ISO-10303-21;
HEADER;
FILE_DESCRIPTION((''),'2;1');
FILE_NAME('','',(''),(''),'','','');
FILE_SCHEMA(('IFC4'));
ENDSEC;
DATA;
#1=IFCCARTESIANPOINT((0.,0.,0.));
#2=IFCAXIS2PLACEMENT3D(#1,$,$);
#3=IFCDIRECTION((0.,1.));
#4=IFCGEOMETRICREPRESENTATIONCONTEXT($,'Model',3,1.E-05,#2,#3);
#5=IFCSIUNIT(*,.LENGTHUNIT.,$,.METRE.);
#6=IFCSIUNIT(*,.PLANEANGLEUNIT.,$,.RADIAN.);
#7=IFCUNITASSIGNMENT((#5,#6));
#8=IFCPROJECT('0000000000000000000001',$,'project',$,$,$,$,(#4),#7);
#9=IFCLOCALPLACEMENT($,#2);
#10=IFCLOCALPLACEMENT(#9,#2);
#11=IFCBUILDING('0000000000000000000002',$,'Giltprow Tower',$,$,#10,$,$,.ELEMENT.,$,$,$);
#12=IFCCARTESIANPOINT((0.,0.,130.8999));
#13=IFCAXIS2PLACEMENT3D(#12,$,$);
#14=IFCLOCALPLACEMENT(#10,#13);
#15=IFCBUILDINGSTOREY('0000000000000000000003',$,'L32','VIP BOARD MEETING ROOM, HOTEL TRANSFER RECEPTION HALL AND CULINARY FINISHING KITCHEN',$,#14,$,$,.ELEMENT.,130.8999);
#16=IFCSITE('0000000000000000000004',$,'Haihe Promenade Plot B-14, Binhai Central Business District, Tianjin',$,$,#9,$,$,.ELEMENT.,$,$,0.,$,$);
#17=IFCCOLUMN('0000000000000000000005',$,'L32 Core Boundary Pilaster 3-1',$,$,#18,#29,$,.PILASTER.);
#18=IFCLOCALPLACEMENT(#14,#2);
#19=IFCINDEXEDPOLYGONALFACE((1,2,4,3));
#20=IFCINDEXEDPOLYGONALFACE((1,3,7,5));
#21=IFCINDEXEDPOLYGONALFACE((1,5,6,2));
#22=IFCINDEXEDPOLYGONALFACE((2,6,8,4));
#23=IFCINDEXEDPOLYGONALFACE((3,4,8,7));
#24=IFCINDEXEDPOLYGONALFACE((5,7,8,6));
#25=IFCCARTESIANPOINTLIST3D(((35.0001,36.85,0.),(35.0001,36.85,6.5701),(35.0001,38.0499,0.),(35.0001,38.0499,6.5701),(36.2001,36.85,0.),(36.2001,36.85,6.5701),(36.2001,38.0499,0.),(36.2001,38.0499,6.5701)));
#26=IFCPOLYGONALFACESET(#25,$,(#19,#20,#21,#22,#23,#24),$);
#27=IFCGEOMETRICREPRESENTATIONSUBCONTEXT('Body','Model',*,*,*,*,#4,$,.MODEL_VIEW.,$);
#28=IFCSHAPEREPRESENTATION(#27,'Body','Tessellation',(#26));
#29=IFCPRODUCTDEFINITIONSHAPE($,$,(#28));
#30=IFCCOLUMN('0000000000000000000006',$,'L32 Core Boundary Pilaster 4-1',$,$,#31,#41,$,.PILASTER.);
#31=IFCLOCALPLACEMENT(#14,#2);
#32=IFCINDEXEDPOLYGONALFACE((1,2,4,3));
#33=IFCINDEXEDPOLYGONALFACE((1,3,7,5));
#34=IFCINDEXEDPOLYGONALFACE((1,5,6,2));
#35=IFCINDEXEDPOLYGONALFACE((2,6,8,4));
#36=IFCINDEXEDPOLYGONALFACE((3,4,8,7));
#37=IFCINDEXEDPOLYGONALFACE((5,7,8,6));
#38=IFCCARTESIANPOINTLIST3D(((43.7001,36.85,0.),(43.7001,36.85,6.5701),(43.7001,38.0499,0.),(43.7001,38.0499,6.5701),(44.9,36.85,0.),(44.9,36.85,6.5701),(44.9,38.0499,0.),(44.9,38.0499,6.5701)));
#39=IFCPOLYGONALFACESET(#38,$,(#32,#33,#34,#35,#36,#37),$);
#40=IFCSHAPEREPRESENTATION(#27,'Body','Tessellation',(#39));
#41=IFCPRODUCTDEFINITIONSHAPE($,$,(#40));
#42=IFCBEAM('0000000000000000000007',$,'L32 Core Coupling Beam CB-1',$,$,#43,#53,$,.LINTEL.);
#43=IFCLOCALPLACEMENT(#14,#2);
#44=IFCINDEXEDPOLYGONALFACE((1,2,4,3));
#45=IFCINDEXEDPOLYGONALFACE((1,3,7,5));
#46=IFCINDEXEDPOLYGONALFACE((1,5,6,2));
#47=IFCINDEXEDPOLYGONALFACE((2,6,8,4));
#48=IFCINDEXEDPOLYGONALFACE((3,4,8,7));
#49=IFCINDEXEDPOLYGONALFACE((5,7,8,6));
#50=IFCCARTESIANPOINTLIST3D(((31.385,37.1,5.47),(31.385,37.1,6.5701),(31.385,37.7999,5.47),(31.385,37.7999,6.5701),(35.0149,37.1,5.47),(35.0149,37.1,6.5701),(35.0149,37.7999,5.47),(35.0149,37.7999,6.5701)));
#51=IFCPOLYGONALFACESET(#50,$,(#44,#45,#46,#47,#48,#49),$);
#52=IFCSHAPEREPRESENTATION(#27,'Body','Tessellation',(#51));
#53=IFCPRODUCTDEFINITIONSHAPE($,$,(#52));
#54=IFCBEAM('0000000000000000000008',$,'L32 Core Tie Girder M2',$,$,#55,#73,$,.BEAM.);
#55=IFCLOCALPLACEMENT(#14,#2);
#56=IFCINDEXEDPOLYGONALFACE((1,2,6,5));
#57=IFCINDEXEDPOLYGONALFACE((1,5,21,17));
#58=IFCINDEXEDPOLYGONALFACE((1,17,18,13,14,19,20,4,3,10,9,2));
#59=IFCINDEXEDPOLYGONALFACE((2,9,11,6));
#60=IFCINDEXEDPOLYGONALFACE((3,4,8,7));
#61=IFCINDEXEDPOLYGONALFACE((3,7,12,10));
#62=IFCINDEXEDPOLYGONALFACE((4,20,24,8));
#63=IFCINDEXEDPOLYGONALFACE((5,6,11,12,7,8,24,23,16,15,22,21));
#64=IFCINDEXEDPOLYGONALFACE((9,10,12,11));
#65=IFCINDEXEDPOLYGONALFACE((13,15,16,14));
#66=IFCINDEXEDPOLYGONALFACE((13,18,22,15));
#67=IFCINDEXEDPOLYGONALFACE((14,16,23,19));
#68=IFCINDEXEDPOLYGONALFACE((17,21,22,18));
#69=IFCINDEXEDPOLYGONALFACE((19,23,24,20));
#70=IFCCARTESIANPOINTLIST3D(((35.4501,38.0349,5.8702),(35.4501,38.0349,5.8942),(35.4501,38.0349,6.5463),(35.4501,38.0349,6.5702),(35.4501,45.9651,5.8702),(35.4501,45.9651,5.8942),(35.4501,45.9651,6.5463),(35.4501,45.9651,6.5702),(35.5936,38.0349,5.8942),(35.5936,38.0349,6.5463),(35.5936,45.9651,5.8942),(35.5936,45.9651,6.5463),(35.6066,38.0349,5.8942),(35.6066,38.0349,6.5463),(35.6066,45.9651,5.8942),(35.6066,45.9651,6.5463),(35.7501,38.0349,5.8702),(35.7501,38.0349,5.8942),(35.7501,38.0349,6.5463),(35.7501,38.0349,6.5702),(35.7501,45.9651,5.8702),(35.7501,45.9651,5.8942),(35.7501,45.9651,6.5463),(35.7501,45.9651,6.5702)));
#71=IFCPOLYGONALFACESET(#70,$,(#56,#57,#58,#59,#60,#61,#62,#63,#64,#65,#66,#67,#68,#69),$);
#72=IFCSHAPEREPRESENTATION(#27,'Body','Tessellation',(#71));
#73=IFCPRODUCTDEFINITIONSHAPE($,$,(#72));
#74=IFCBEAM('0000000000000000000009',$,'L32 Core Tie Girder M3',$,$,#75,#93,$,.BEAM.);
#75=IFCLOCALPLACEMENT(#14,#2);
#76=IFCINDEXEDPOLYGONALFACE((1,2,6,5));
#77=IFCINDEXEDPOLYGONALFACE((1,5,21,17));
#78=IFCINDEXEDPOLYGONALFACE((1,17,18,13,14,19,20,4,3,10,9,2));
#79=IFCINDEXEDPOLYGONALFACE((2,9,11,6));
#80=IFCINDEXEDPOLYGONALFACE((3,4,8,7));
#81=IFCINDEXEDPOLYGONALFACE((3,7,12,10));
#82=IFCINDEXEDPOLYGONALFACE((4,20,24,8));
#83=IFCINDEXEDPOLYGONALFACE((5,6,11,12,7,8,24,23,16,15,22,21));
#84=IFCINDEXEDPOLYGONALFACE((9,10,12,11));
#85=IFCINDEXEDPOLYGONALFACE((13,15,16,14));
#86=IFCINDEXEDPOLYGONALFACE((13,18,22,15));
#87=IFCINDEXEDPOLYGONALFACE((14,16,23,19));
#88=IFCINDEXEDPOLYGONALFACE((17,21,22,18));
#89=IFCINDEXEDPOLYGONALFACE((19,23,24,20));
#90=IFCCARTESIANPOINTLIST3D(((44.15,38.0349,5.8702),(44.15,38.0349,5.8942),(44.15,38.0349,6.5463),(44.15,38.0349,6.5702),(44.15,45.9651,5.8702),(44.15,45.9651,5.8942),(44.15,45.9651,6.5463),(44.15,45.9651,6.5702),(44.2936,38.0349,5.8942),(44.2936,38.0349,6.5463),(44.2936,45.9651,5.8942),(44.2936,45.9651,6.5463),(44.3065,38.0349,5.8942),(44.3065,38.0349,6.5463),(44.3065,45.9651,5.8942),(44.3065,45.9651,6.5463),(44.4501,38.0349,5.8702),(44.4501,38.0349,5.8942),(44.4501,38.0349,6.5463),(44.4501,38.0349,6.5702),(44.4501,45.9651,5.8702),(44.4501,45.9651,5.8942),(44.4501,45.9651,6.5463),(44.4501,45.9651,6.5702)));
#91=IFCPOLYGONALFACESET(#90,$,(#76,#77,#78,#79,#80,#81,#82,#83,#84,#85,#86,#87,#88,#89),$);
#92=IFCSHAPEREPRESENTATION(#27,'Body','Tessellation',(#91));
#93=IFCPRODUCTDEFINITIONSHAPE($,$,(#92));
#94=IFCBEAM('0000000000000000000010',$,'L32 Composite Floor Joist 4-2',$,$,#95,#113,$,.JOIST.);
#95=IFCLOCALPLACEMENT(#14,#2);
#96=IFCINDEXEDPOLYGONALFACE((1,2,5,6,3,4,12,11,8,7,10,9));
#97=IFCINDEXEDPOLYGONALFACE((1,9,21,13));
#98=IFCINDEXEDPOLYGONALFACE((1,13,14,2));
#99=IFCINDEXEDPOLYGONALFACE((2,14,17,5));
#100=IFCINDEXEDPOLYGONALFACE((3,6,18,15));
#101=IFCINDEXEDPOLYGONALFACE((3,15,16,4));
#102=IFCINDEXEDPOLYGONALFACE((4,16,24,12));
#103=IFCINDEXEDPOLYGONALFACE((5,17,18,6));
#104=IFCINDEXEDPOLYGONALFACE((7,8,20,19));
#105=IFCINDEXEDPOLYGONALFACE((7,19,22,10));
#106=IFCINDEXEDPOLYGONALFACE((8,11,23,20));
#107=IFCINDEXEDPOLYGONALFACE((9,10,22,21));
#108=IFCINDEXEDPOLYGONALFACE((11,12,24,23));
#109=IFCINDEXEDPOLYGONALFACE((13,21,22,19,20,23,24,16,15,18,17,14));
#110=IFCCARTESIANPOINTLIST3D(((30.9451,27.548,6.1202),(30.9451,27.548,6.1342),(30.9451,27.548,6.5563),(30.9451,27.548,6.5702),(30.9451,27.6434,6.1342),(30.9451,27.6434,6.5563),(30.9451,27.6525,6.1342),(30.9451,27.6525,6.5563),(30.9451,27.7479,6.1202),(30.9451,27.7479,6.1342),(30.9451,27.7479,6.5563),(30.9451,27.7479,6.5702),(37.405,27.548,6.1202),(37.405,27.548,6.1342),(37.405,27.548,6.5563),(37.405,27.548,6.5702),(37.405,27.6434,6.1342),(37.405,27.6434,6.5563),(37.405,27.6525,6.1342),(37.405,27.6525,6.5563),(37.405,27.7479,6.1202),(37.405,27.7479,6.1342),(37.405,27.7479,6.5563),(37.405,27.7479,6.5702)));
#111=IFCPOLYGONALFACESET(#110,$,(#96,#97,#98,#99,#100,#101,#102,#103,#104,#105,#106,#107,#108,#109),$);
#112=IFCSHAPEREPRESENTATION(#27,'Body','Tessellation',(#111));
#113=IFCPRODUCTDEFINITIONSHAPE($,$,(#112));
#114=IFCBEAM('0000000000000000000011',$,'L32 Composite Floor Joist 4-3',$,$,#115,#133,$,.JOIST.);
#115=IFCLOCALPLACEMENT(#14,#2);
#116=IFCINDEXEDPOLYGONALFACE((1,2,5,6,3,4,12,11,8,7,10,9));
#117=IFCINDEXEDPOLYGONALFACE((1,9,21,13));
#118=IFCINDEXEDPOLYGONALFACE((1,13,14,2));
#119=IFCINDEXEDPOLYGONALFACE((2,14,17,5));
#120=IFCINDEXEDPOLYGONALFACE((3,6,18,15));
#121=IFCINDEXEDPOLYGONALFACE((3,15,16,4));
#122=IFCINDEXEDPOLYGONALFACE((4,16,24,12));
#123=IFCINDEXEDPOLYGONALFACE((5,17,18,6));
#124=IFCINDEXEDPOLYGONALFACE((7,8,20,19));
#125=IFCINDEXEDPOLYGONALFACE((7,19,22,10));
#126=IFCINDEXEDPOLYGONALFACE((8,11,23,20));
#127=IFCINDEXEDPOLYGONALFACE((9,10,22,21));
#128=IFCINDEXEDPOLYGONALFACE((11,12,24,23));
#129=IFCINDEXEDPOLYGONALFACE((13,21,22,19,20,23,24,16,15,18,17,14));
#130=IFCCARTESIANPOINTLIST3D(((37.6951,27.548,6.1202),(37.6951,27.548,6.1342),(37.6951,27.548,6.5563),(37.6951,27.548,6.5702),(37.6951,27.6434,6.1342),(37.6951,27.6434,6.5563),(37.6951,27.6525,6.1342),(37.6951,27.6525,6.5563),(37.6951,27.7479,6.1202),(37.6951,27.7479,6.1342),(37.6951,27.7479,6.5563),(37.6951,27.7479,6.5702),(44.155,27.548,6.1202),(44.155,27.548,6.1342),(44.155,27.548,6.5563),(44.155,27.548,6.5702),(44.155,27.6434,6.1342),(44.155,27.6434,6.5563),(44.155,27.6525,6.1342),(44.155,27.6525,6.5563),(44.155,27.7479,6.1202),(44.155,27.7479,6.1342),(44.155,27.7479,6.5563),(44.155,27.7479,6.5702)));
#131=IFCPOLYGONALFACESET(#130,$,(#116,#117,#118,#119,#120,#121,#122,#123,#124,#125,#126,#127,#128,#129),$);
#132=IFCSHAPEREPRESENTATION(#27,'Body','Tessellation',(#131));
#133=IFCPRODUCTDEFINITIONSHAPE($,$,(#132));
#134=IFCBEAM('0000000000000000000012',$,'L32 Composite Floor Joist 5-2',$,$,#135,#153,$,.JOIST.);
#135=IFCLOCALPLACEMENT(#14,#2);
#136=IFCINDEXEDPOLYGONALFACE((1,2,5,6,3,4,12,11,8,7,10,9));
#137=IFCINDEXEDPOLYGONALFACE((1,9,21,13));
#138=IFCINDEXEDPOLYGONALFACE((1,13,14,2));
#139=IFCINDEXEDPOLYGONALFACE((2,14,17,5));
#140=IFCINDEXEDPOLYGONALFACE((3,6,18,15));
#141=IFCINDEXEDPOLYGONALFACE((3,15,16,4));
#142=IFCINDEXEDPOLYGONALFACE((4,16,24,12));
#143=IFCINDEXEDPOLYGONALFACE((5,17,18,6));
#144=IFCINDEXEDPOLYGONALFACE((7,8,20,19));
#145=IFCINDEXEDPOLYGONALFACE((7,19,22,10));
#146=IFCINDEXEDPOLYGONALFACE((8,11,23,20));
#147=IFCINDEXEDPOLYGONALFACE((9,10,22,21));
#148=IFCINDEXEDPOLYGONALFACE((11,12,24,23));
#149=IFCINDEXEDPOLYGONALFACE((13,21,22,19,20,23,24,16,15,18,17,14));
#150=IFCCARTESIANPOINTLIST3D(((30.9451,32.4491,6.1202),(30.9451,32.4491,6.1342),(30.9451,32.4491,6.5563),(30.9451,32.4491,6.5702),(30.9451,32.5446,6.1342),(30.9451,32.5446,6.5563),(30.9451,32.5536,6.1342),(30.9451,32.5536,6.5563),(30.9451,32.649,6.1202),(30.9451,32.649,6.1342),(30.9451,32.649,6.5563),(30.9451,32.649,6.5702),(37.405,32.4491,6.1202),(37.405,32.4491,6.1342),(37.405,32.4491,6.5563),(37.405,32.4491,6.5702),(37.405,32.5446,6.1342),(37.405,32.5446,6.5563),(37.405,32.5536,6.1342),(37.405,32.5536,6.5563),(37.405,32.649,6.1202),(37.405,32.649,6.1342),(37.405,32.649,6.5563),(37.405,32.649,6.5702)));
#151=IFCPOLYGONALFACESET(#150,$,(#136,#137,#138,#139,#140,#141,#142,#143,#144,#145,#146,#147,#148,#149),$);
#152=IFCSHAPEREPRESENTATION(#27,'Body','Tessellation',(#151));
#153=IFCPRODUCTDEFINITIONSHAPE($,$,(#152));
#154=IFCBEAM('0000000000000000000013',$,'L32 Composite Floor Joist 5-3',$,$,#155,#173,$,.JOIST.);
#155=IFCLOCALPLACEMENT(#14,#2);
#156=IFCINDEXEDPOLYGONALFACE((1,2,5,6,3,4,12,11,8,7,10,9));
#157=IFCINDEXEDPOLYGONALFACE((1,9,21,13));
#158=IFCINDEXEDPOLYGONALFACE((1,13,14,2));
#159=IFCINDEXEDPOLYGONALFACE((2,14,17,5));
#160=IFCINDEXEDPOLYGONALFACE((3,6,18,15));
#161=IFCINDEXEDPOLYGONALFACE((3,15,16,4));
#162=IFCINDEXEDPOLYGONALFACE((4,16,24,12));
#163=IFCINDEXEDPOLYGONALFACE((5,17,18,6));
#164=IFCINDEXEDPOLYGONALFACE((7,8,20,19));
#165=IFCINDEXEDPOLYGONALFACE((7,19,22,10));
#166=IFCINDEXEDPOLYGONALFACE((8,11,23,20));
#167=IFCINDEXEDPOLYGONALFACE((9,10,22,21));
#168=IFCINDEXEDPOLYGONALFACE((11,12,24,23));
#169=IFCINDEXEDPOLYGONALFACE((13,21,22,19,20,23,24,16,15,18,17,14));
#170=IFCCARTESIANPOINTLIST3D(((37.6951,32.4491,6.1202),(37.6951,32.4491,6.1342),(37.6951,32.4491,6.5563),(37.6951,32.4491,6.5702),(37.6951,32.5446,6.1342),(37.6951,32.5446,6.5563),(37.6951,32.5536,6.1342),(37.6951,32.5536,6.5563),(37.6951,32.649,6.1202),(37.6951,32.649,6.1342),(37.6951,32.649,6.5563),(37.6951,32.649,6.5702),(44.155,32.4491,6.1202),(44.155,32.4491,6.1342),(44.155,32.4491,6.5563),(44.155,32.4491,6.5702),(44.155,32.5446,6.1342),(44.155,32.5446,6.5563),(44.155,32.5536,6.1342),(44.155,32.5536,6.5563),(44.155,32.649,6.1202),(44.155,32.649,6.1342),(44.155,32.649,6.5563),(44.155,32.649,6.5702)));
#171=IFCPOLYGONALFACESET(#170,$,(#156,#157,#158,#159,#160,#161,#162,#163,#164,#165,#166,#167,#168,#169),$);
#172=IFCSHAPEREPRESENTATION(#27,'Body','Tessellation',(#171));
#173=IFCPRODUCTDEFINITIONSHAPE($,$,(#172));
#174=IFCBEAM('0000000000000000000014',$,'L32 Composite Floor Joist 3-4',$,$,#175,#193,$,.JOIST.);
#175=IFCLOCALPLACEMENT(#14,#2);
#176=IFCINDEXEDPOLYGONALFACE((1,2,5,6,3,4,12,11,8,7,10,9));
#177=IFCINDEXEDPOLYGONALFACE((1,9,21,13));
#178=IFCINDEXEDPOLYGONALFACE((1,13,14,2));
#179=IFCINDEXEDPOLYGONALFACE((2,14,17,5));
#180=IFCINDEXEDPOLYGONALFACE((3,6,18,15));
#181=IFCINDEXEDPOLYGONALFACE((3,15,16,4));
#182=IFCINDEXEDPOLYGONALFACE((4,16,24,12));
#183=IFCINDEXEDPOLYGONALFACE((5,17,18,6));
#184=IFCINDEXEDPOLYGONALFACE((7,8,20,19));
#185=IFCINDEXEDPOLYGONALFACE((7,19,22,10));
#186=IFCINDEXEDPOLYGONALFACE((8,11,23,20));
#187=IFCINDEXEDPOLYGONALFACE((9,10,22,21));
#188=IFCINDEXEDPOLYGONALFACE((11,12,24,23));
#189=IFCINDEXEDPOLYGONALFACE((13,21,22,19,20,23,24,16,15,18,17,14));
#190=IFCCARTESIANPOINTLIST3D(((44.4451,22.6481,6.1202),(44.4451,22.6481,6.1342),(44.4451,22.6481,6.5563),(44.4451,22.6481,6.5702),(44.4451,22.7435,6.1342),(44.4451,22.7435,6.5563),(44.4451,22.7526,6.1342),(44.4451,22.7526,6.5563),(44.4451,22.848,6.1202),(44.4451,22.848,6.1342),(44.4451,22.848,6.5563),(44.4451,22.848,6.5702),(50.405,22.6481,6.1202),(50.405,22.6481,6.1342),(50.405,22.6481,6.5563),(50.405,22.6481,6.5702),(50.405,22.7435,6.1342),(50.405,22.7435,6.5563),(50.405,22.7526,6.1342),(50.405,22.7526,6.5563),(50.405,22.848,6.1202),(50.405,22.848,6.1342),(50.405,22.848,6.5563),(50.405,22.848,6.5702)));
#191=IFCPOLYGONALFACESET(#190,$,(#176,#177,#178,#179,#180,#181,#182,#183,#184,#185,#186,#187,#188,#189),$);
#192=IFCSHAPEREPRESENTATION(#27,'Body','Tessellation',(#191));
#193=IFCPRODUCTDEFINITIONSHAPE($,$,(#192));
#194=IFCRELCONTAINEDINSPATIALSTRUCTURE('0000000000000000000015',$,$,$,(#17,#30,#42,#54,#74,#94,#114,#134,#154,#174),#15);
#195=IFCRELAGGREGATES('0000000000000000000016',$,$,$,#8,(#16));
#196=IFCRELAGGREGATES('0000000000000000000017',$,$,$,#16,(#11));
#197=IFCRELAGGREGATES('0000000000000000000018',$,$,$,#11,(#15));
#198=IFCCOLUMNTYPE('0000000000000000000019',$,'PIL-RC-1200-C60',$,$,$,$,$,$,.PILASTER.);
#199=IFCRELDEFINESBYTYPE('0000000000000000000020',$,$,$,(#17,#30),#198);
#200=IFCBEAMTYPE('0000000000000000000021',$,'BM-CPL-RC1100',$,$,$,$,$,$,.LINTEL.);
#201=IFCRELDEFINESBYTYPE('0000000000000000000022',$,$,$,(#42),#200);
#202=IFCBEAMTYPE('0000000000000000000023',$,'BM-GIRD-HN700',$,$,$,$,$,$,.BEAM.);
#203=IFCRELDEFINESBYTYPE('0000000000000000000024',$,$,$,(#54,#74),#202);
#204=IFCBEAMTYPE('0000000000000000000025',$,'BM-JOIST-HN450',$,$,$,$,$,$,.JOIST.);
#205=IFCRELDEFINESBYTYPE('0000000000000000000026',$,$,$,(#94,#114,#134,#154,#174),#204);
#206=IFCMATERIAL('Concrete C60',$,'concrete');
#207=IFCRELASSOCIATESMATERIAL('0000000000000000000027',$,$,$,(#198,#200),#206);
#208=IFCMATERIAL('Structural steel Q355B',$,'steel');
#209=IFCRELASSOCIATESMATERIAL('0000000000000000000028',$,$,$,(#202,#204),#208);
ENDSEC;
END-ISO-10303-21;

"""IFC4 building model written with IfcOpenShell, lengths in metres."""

from ifc_helpers import new_model, si_unit, direction, frame, origin, origin_2d, place, context, subcontext, project, spatial, rectangle, i_section, extrude, source, transform, mapped, material, material_profile, profile_set, type_object, element, save


model = new_model("IFC4")

# Units and contexts
model_context = context("Model", 3, precision=1e-05, world=origin(), true_north=direction((0.0, 1.0)))
body_context = subcontext(model_context, "Body", "Model", "MODEL_VIEW")
ifc_project = project(units=[si_unit("LENGTHUNIT", "METRE"), si_unit("PLANEANGLEUNIT", "RADIAN")], contexts=[model_context])

# Site, building, storey
site_placement = place(None, origin())
site = spatial("IfcSite", under=ifc_project, at=site_placement, Name="Haihe Promenade Plot B-14, Binhai Central Business District, Tianjin", CompositionType="ELEMENT", RefElevation=0.0)
building_placement = place(site_placement, origin())
building = spatial("IfcBuilding", under=site, at=building_placement, Name="Giltprow Tower", CompositionType="ELEMENT")
storey_placement = place(building_placement, frame((0.0, 0.0, 130.8999)))
storey = spatial("IfcBuildingStorey", under=building, at=storey_placement, Name="L32", Description="VIP BOARD MEETING ROOM, HOTEL TRANSFER RECEPTION HALL AND CULINARY FINISHING KITCHEN", CompositionType="ELEMENT", Elevation=130.8999)

# Columns
ifc_material_1 = material(Name="Concrete C60", Category="concrete")
ifc_material_profile_1 = material_profile(ifc_material_1, rectangle(XDim=1.2, YDim=1.2, at=origin_2d()), Name="RC 1200x1200")
ifc_profile_set_1 = profile_set([ifc_material_profile_1], Name="Concrete C60")
column_type = type_object("IfcColumnType", Name="PIL-RC-1200-C60", PredefinedType="PILASTER", material=ifc_profile_set_1)
shared_shape_1 = source(origin(), body_context, "Body", "SweptSolid", [
    extrude(rectangle(XDim=1.2, YDim=1.2, at=origin_2d()), origin(), (0.0, 0.0, 1.0), 6.5701),
])
for number, where, z_axis, x_axis, name in (
    (1, (35.6001, 37.45, 0.0), (0.0, 0.0, 1.0), (1.0, 0.0, 0.0), "L32 Core Boundary Pilaster 3-1"),
    (2, (44.3, 37.45, 0.0), (0.0, 0.0, 1.0), (1.0, 0.0, 0.0), "L32 Core Boundary Pilaster 4-1"),
):
    element("IfcColumn", number, at=place(storey_placement, frame(where, z_axis=z_axis, x_axis=x_axis)), inside=storey, type_object=column_type, Name=name, PredefinedType="PILASTER", context=body_context, shape_type="MappedRepresentation", body=[
        mapped(shared_shape_1, transform((0.0, 0.0, 0.0), x_axis=(1.0, 0.0, 0.0), y_axis=(0.0, 1.0, 0.0), z_axis=(0.0, 0.0, 1.0), scale=1.0)),
    ])

# Beams
ifc_material_profile_2 = material_profile(ifc_material_1, rectangle(XDim=0.7, YDim=1.1001, at=origin_2d()), Name="RC 1100x700")
ifc_profile_set_2 = profile_set([ifc_material_profile_2], Name="Concrete C60")
beam_type_1 = type_object("IfcBeamType", Name="BM-CPL-RC1100", PredefinedType="LINTEL", material=ifc_profile_set_2)
shared_shape_2 = source(origin(), body_context, "Body", "SweptSolid", [
    extrude(rectangle(XDim=0.7, YDim=1.1001, at=origin_2d()), origin(), (0.0, 0.0, 1.0), 3.6299),
])
beam_placement = place(storey_placement, frame((31.385, 37.45, 6.02), z_axis=(1.0, 0.0, 0.0), x_axis=(0.0, 1.0, 0.0)))
element("IfcBeam", 3, at=beam_placement, inside=storey, type_object=beam_type_1, Name="L32 Core Coupling Beam CB-1", PredefinedType="LINTEL", context=body_context, shape_type="MappedRepresentation", body=[
    mapped(shared_shape_2, transform((0.0, 0.0, 0.0), x_axis=(1.0, 0.0, 0.0), y_axis=(0.0, 1.0, 0.0), z_axis=(0.0, 0.0, 1.0), scale=1.0)),
])
ifc_material_2 = material(Name="Structural steel Q355B", Category="steel")
ifc_material_profile_3 = material_profile(ifc_material_2, i_section(OverallWidth=0.3, OverallDepth=0.7, WebThickness=0.0129, FlangeThickness=0.0239, at=origin_2d()), Name="HN 700x300x13x24")
ifc_profile_set_3 = profile_set([ifc_material_profile_3], Name="Structural steel Q355B")
beam_type_2 = type_object("IfcBeamType", Name="BM-GIRD-HN700", PredefinedType="BEAM", material=ifc_profile_set_3)
shared_shape_3 = source(origin(), body_context, "Body", "SweptSolid", [
    extrude(i_section(OverallWidth=0.3, OverallDepth=0.7, WebThickness=0.0129, FlangeThickness=0.0239, at=origin_2d()), origin(), (0.0, 0.0, 1.0), 7.9302),
])
for number, where, z_axis, x_axis, name in (
    (4, (35.6001, 38.0349, 6.2202), (0.0, 1.0, 0.0), (-1.0, 0.0, 0.0), "L32 Core Tie Girder M2"),
    (5, (44.3, 38.0349, 6.2202), (0.0, 1.0, 0.0), (-1.0, 0.0, 0.0), "L32 Core Tie Girder M3"),
):
    element("IfcBeam", number, at=place(storey_placement, frame(where, z_axis=z_axis, x_axis=x_axis)), inside=storey, type_object=beam_type_2, Name=name, PredefinedType="BEAM", context=body_context, shape_type="MappedRepresentation", body=[
        mapped(shared_shape_3, transform((0.0, 0.0, 0.0), x_axis=(1.0, 0.0, 0.0), y_axis=(0.0, 1.0, 0.0), z_axis=(0.0, 0.0, 1.0), scale=1.0)),
    ])
ifc_material_profile_4 = material_profile(ifc_material_2, i_section(OverallWidth=0.2, OverallDepth=0.45, WebThickness=0.009, FlangeThickness=0.0139, at=origin_2d()), Name="HN 450x200x9x14")
ifc_profile_set_4 = profile_set([ifc_material_profile_4], Name="Structural steel Q355B")
beam_type_3 = type_object("IfcBeamType", Name="BM-JOIST-HN450", PredefinedType="JOIST", material=ifc_profile_set_4)
shared_shape_4 = source(origin(), body_context, "Body", "SweptSolid", [
    extrude(i_section(OverallWidth=0.2, OverallDepth=0.45, WebThickness=0.009, FlangeThickness=0.0139, at=origin_2d()), origin(), (0.0, 0.0, 1.0), 6.46),
])
for number, where, z_axis, x_axis, name in (
    (6, (30.9451, 27.6479, 6.3452), (1.0, 0.0, 0.0), (0.0, 1.0, 0.0), "L32 Composite Floor Joist 4-2"),
    (7, (37.6951, 27.6479, 6.3452), (1.0, 0.0, 0.0), (0.0, 1.0, 0.0), "L32 Composite Floor Joist 4-3"),
    (8, (30.9451, 32.5491, 6.3452), (1.0, 0.0, 0.0), (0.0, 1.0, 0.0), "L32 Composite Floor Joist 5-2"),
    (9, (37.6951, 32.5491, 6.3452), (1.0, 0.0, 0.0), (0.0, 1.0, 0.0), "L32 Composite Floor Joist 5-3"),
):
    element("IfcBeam", number, at=place(storey_placement, frame(where, z_axis=z_axis, x_axis=x_axis)), inside=storey, type_object=beam_type_3, Name=name, PredefinedType="JOIST", context=body_context, shape_type="MappedRepresentation", body=[
        mapped(shared_shape_4, transform((0.0, 0.0, 0.0), x_axis=(1.0, 0.0, 0.0), y_axis=(0.0, 1.0, 0.0), z_axis=(0.0, 0.0, 1.0), scale=1.0)),
    ])
shared_shape_5 = source(origin(), body_context, "Body", "SweptSolid", [
    extrude(i_section(OverallWidth=0.2, OverallDepth=0.45, WebThickness=0.009, FlangeThickness=0.0139, at=origin_2d()), origin(), (0.0, 0.0, 1.0), 5.96),
])
for number, where, z_axis, x_axis, name in (
    (10, (44.4451, 22.748, 6.3452), (1.0, 0.0, 0.0), (0.0, 1.0, 0.0), "L32 Composite Floor Joist 3-4"),
):
    element("IfcBeam", number, at=place(storey_placement, frame(where, z_axis=z_axis, x_axis=x_axis)), inside=storey, type_object=beam_type_3, Name=name, PredefinedType="JOIST", context=body_context, shape_type="MappedRepresentation", body=[
        mapped(shared_shape_5, transform((0.0, 0.0, 0.0), x_axis=(1.0, 0.0, 0.0), y_axis=(0.0, 1.0, 0.0), z_axis=(0.0, 0.0, 1.0), scale=1.0)),
    ])

save(model, "model.ifc")
